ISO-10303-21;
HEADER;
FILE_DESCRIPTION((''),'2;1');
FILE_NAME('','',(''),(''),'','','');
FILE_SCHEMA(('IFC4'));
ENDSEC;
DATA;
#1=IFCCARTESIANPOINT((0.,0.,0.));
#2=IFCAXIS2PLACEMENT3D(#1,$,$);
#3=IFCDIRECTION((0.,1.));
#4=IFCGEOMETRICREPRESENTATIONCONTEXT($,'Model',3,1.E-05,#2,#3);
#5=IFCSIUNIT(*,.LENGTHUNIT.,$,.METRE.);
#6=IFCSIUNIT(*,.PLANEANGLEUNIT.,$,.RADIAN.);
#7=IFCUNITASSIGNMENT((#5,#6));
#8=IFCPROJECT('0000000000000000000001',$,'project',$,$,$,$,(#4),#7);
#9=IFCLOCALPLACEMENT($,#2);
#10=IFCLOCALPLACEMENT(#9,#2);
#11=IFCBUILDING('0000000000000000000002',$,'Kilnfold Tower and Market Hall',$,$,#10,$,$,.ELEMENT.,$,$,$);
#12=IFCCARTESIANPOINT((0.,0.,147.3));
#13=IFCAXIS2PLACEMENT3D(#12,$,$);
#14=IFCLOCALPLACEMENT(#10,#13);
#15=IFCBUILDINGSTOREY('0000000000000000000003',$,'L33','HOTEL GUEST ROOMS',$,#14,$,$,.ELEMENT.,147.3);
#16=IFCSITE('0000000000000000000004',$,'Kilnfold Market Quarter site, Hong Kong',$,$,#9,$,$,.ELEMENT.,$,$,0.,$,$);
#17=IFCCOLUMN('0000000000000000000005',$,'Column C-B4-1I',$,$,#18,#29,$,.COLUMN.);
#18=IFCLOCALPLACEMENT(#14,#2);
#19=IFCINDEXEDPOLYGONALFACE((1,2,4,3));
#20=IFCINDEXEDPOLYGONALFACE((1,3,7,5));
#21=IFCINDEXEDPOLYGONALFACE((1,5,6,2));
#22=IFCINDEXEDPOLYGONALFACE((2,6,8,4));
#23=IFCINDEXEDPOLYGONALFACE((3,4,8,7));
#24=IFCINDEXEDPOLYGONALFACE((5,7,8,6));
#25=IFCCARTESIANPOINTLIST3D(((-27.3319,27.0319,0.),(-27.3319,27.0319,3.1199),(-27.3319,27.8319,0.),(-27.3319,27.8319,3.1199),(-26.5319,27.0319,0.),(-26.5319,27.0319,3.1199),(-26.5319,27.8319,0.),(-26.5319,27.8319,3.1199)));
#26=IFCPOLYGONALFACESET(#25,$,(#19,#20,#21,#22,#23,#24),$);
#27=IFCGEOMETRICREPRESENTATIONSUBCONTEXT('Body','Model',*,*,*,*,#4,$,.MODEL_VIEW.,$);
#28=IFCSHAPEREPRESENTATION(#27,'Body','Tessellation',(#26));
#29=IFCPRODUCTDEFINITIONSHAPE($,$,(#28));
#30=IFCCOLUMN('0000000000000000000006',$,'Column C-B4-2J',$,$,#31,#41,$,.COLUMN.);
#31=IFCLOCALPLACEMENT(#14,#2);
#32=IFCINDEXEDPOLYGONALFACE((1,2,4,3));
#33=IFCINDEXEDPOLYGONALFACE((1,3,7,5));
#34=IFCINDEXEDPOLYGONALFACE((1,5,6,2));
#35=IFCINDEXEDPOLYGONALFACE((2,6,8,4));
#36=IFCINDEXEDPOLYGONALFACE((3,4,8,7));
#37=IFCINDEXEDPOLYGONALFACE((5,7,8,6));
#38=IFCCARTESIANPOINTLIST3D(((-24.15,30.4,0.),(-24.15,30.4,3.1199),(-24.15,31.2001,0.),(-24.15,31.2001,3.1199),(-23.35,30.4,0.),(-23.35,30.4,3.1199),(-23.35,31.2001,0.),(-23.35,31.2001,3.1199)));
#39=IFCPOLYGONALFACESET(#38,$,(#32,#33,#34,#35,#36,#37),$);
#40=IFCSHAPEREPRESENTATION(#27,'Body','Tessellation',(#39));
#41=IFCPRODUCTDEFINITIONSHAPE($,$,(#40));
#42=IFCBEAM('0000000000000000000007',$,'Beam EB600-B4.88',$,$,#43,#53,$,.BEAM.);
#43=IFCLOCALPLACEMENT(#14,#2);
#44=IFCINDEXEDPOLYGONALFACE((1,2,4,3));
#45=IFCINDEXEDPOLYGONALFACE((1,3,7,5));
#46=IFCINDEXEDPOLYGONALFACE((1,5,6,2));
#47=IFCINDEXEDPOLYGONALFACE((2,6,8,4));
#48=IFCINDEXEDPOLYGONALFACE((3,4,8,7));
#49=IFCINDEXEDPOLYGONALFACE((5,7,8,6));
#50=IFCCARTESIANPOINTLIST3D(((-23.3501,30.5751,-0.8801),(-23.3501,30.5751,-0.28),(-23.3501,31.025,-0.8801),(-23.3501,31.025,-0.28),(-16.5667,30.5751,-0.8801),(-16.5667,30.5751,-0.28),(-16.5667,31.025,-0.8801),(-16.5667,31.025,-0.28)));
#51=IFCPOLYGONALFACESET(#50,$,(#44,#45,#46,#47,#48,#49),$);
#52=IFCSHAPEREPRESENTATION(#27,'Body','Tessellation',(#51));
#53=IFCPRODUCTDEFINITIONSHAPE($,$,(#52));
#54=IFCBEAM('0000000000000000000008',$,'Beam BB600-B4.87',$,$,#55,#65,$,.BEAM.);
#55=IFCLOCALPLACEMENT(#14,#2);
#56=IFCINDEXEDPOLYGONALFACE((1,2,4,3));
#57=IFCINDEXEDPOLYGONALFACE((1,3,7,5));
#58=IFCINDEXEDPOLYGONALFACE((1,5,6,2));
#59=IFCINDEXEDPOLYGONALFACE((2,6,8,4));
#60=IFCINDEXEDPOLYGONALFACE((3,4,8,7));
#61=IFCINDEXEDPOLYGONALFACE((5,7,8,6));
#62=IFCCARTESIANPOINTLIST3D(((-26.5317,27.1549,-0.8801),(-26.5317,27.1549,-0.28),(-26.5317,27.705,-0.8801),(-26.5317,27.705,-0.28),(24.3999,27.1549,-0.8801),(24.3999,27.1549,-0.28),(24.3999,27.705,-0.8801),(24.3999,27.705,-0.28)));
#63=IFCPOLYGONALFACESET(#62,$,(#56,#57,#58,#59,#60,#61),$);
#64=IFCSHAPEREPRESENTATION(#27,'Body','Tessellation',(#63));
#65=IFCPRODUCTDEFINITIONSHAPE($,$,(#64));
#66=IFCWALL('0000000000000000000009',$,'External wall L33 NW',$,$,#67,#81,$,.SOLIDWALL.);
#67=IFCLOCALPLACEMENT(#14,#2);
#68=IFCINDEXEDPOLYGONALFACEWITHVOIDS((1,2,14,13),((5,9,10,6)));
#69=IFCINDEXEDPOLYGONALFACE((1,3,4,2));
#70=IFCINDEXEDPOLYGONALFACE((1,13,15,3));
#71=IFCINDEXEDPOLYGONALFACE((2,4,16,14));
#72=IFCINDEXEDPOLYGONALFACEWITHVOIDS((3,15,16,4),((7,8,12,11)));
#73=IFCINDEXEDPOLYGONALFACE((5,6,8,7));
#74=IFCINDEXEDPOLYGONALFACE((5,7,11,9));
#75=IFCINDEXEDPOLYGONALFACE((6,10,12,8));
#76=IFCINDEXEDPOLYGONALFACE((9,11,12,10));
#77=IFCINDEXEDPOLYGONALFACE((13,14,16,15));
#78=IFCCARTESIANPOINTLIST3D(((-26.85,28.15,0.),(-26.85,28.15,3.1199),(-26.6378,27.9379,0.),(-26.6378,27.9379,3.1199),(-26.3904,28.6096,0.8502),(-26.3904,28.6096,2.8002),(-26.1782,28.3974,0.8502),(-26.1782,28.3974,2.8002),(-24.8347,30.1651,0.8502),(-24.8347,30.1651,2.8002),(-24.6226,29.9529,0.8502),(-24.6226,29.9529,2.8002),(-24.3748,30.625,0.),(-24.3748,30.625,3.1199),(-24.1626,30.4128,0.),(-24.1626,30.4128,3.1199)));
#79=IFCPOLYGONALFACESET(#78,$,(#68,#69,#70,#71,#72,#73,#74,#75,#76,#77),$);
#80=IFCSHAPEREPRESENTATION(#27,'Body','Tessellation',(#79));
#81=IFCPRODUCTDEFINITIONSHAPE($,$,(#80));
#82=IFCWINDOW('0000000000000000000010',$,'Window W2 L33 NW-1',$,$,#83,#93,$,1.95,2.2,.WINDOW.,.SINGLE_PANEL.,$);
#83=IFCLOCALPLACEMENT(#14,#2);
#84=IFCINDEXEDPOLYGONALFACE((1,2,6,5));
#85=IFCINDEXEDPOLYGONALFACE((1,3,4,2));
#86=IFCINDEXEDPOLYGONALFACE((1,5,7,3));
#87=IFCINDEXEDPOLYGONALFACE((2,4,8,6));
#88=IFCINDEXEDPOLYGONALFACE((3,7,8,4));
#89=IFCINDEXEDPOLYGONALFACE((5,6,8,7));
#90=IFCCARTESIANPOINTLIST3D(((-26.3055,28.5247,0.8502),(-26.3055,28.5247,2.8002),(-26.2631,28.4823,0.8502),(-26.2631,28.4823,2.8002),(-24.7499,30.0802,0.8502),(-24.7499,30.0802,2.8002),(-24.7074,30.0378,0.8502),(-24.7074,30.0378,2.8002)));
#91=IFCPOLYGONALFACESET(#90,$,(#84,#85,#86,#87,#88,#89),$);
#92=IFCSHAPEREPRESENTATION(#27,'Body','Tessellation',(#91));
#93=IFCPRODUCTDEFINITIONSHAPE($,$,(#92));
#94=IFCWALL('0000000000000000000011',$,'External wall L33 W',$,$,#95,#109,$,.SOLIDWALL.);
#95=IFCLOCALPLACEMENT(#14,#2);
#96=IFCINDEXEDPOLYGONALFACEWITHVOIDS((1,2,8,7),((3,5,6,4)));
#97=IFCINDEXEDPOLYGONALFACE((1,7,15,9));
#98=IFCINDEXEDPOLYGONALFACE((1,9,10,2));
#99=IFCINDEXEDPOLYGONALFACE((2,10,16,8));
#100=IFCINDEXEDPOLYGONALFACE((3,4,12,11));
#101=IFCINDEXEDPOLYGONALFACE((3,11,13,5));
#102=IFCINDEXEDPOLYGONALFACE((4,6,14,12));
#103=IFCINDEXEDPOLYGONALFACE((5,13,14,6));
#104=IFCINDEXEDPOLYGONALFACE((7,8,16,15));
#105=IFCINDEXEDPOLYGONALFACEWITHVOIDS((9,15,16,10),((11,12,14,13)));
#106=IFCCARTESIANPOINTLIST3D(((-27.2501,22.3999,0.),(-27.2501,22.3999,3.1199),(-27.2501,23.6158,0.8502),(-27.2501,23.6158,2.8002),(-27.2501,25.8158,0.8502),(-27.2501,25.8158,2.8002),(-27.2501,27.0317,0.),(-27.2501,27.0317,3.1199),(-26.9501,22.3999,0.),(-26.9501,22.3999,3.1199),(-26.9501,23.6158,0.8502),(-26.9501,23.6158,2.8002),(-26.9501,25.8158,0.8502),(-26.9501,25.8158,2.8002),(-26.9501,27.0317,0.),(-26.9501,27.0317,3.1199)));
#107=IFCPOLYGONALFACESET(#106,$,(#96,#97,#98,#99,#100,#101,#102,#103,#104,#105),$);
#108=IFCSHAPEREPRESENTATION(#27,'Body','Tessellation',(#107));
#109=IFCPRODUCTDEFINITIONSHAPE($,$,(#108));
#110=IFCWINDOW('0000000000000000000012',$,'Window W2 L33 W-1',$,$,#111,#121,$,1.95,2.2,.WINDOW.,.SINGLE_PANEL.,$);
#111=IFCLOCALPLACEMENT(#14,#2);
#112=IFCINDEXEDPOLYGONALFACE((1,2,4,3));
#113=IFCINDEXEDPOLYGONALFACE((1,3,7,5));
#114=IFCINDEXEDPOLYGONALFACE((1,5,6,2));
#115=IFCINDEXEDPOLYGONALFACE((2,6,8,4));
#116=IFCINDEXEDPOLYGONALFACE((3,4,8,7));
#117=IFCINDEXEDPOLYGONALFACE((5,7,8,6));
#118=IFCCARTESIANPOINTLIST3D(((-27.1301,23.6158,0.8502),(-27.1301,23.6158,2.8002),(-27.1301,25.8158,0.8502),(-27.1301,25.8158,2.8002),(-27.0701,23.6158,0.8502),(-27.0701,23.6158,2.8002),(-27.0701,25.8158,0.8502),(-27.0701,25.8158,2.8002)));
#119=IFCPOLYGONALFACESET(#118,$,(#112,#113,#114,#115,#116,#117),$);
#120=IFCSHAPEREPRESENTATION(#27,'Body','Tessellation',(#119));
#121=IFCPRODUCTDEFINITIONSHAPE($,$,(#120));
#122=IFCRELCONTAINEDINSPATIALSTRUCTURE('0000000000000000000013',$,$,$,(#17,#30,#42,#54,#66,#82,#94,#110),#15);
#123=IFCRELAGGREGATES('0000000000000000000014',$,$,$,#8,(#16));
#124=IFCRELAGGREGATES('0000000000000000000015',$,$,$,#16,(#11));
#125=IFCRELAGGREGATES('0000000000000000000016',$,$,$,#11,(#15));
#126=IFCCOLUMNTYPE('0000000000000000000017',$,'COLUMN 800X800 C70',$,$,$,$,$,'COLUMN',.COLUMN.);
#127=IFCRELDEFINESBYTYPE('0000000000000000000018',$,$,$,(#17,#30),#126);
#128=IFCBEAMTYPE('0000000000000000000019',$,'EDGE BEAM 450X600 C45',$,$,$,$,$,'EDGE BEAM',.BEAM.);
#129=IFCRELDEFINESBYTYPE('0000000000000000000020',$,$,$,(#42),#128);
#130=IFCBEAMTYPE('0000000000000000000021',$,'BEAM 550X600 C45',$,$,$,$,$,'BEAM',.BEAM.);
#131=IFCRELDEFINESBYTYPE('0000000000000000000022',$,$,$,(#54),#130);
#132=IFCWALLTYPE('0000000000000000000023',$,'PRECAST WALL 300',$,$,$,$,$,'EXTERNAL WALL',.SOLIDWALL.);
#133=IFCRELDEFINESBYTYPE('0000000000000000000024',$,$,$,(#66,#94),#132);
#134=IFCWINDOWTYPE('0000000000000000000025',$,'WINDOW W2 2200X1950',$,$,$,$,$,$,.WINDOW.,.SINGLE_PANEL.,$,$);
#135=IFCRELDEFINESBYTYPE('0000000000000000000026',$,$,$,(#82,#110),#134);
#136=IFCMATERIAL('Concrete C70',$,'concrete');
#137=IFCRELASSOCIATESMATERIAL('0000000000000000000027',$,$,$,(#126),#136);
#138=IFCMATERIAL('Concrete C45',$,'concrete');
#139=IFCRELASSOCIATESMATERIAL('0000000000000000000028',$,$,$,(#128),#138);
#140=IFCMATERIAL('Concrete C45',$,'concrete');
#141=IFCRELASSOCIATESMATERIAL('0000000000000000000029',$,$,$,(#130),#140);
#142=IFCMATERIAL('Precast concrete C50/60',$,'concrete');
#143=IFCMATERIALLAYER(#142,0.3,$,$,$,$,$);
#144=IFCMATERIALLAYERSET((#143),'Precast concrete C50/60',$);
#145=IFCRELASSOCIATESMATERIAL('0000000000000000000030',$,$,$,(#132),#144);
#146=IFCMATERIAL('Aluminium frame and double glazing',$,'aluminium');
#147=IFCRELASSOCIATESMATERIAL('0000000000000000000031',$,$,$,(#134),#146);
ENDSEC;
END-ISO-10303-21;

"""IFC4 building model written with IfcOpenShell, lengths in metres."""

from ifc_helpers import new_model, si_unit, direction, frame, frame_2d, origin, origin_2d, place, context, subcontext, project, spatial, rectangle, extrude, source, transform, mapped, material, layer, layer_set, material_profile, profile_set, type_object, element, fill, save


model = new_model("IFC4")

# Units and contexts
model_context = context("Model", 3, precision=1e-05, world=origin(), true_north=direction((0.0, 1.0)))
body_context = subcontext(model_context, "Body", "Model", "MODEL_VIEW")
ifc_project = project(units=[si_unit("LENGTHUNIT", "METRE"), si_unit("PLANEANGLEUNIT", "RADIAN")], contexts=[model_context])

# Site, building, storey
site_placement = place(None, origin())
site = spatial("IfcSite", under=ifc_project, at=site_placement, Name="Kilnfold Market Quarter site, Hong Kong", CompositionType="ELEMENT", RefElevation=0.0)
building_placement = place(site_placement, origin())
building = spatial("IfcBuilding", under=site, at=building_placement, Name="Kilnfold Tower and Market Hall", CompositionType="ELEMENT")
storey_placement = place(building_placement, frame((0.0, 0.0, 147.3)))
storey = spatial("IfcBuildingStorey", under=building, at=storey_placement, Name="L33", Description="HOTEL GUEST ROOMS", CompositionType="ELEMENT", Elevation=147.3)

# Columns
ifc_material_1 = material(Name="Concrete C70", Category="concrete")
ifc_material_profile_1 = material_profile(ifc_material_1, rectangle(XDim=0.8, YDim=0.8, at=origin_2d()), Name="RC 800x800")
ifc_profile_set_1 = profile_set([ifc_material_profile_1], Name="Concrete C70")
column_type = type_object("IfcColumnType", Name="COLUMN 800X800 C70", ElementType="COLUMN", PredefinedType="COLUMN", material=ifc_profile_set_1)
shared_shape_1 = source(origin(), body_context, "Body", "SweptSolid", [
    extrude(rectangle(XDim=0.8, YDim=0.8, at=origin_2d()), origin(), (0.0, 0.0, 1.0), 3.1199),
])
for number, where, z_axis, x_axis, name in (
    (1, (-26.9319, 27.4319, 0.0), (0.0, 0.0, 1.0), (1.0, 0.0, 0.0), "Column C-B4-1I"),
    (2, (-23.75, 30.8, 0.0), (0.0, 0.0, 1.0), (1.0, 0.0, 0.0), "Column C-B4-2J"),
):
    element("IfcColumn", number, at=place(storey_placement, frame(where, z_axis=z_axis, x_axis=x_axis)), inside=storey, type_object=column_type, Name=name, PredefinedType="COLUMN", context=body_context, shape_type="MappedRepresentation", body=[
        mapped(shared_shape_1, transform((0.0, 0.0, 0.0))),
    ])

# Beams
ifc_material_2 = material(Name="Concrete C45", Category="concrete")
ifc_material_profile_2 = material_profile(ifc_material_2, rectangle(XDim=0.45, YDim=0.6001, at=origin_2d()), Name="RC 450x600")
ifc_profile_set_2 = profile_set([ifc_material_profile_2], Name="Concrete C45")
beam_type_1 = type_object("IfcBeamType", Name="EDGE BEAM 450X600 C45", ElementType="EDGE BEAM", PredefinedType="BEAM", material=ifc_profile_set_2)
shared_shape_2 = source(origin(), body_context, "Body", "SweptSolid", [
    extrude(rectangle(XDim=0.45, YDim=0.6001, at=origin_2d()), origin(), (0.0, 0.0, 1.0), 6.7834),
])
beam_1_placement = place(storey_placement, frame((-23.3501, 30.8, -0.5801), z_axis=(1.0, 0.0, 0.0), x_axis=(0.0, 1.0, 0.0)))
element("IfcBeam", 3, at=beam_1_placement, inside=storey, type_object=beam_type_1, Name="Beam EB600-B4.88", PredefinedType="BEAM", context=body_context, shape_type="MappedRepresentation", body=[
    mapped(shared_shape_2, transform((0.0, 0.0, 0.0))),
])
ifc_material_3 = material(Name="Concrete C45", Category="concrete")
ifc_material_profile_3 = material_profile(ifc_material_3, rectangle(XDim=0.55, YDim=0.6001, at=origin_2d()), Name="RC 550x600")
ifc_profile_set_3 = profile_set([ifc_material_profile_3], Name="Concrete C45")
beam_type_2 = type_object("IfcBeamType", Name="BEAM 550X600 C45", ElementType="BEAM", PredefinedType="BEAM", material=ifc_profile_set_3)
shared_shape_3 = source(origin(), body_context, "Body", "SweptSolid", [
    extrude(rectangle(XDim=0.55, YDim=0.6001, at=origin_2d()), origin(), (0.0, 0.0, 1.0), 50.9316),
])
beam_2_placement = place(storey_placement, frame((-26.5317, 27.4299, -0.5801), z_axis=(1.0, 0.0, 0.0), x_axis=(0.0, 1.0, 0.0)))
element("IfcBeam", 4, at=beam_2_placement, inside=storey, type_object=beam_type_2, Name="Beam BB600-B4.87", PredefinedType="BEAM", context=body_context, shape_type="MappedRepresentation", body=[
    mapped(shared_shape_3, transform((0.0, 0.0, 0.0))),
])

# Walls, openings, windows
ifc_material_4 = material(Name="Precast concrete C50/60", Category="concrete")
ifc_layer = layer(ifc_material_4, 0.3)
ifc_layer_set = layer_set([ifc_layer], Name="Precast concrete C50/60")
wall_type = type_object("IfcWallType", Name="PRECAST WALL 300", ElementType="EXTERNAL WALL", PredefinedType="SOLIDWALL", material=ifc_layer_set)
shared_shape_4 = source(origin(), body_context, "Body", "SweptSolid", [
    extrude(rectangle(XDim=3.5002, YDim=0.3, at=frame_2d((1.75, 0.0))), origin(), (0.0, 0.0, 1.0), 3.1199),
])
wall_1_placement = place(storey_placement, frame((-24.2688, 30.5188, 0.0), z_axis=(0.0, 0.0, 1.0), x_axis=(-0.707142, -0.707072, 0.0)))
wall_1 = element("IfcWall", 5, at=wall_1_placement, inside=storey, type_object=wall_type, Name="External wall L33 NW", PredefinedType="SOLIDWALL", context=body_context, shape_type="MappedRepresentation", body=[
    mapped(shared_shape_4, transform((0.0, 0.0, 0.0))),
])
opening_1_placement = place(wall_1_placement, frame((0.6501, 0.0, 0.8501)))
opening_1 = element("IfcOpeningElement", 6, at=opening_1_placement, cuts=wall_1, PredefinedType="OPENING", context=body_context, shape_type="SweptSolid", body=[
    extrude(rectangle(XDim=2.2, YDim=1.95, at=frame_2d((1.1001, 0.9751))), frame((0.0, 0.1602, 0.0), z_axis=(0.0, -1.0, 0.0), x_axis=(1.0, 0.0, 0.0)), (0.0, 0.0, 1.0), 0.3201),
])
ifc_material_5 = material(Name="Aluminium frame and double glazing", Category="aluminium")
window_type = type_object("IfcWindowType", Name="WINDOW W2 2200X1950", PartitioningType="SINGLE_PANEL", PredefinedType="WINDOW", material=ifc_material_5)
window_1_placement = place(opening_1_placement, origin())
window_1 = element("IfcWindow", 7, at=window_1_placement, inside=storey, type_object=window_type, Name="Window W2 L33 NW-1", OverallHeight=1.95, OverallWidth=2.2, PartitioningType="SINGLE_PANEL", PredefinedType="WINDOW", context=body_context, shape_type="SweptSolid", body=[
    extrude(rectangle(XDim=2.2, YDim=1.95, at=frame_2d((1.1001, 0.9751))), frame((0.0, 0.03, 0.0), z_axis=(0.0, -1.0, 0.0), x_axis=(1.0, 0.0, 0.0)), (0.0, 0.0, 1.0), 0.0601),
])
fill(opening_1, window_1)
shared_shape_5 = source(origin(), body_context, "Body", "SweptSolid", [
    extrude(rectangle(XDim=4.6318, YDim=0.3, at=frame_2d((2.3159, 0.0))), origin(), (0.0, 0.0, 1.0), 3.1199),
])
wall_2_placement = place(storey_placement, frame((-27.1001, 27.0317, 0.0), z_axis=(0.0, 0.0, 1.0), x_axis=(0.0, -1.0, 0.0)))
wall_2 = element("IfcWall", 8, at=wall_2_placement, inside=storey, type_object=wall_type, Name="External wall L33 W", PredefinedType="SOLIDWALL", context=body_context, shape_type="MappedRepresentation", body=[
    mapped(shared_shape_5, transform((0.0, 0.0, 0.0))),
])
opening_2_placement = place(wall_2_placement, frame((1.2158, 0.0, 0.8501)))
opening_2 = element("IfcOpeningElement", 9, at=opening_2_placement, cuts=wall_2, PredefinedType="OPENING", context=body_context, shape_type="SweptSolid", body=[
    extrude(rectangle(XDim=2.2, YDim=1.95, at=frame_2d((1.1001, 0.9751))), frame((0.0, 0.1602, 0.0), z_axis=(0.0, -1.0, 0.0), x_axis=(1.0, 0.0, 0.0)), (0.0, 0.0, 1.0), 0.3201),
])
window_2_placement = place(opening_2_placement, origin())
window_2 = element("IfcWindow", 10, at=window_2_placement, inside=storey, type_object=window_type, Name="Window W2 L33 W-1", OverallHeight=1.95, OverallWidth=2.2, PartitioningType="SINGLE_PANEL", PredefinedType="WINDOW", context=body_context, shape_type="SweptSolid", body=[
    extrude(rectangle(XDim=2.2, YDim=1.95, at=frame_2d((1.1001, 0.9751))), frame((0.0, 0.03, 0.0), z_axis=(0.0, -1.0, 0.0), x_axis=(1.0, 0.0, 0.0)), (0.0, 0.0, 1.0), 0.0601),
])
fill(opening_2, window_2)

save(model, "model.ifc")
